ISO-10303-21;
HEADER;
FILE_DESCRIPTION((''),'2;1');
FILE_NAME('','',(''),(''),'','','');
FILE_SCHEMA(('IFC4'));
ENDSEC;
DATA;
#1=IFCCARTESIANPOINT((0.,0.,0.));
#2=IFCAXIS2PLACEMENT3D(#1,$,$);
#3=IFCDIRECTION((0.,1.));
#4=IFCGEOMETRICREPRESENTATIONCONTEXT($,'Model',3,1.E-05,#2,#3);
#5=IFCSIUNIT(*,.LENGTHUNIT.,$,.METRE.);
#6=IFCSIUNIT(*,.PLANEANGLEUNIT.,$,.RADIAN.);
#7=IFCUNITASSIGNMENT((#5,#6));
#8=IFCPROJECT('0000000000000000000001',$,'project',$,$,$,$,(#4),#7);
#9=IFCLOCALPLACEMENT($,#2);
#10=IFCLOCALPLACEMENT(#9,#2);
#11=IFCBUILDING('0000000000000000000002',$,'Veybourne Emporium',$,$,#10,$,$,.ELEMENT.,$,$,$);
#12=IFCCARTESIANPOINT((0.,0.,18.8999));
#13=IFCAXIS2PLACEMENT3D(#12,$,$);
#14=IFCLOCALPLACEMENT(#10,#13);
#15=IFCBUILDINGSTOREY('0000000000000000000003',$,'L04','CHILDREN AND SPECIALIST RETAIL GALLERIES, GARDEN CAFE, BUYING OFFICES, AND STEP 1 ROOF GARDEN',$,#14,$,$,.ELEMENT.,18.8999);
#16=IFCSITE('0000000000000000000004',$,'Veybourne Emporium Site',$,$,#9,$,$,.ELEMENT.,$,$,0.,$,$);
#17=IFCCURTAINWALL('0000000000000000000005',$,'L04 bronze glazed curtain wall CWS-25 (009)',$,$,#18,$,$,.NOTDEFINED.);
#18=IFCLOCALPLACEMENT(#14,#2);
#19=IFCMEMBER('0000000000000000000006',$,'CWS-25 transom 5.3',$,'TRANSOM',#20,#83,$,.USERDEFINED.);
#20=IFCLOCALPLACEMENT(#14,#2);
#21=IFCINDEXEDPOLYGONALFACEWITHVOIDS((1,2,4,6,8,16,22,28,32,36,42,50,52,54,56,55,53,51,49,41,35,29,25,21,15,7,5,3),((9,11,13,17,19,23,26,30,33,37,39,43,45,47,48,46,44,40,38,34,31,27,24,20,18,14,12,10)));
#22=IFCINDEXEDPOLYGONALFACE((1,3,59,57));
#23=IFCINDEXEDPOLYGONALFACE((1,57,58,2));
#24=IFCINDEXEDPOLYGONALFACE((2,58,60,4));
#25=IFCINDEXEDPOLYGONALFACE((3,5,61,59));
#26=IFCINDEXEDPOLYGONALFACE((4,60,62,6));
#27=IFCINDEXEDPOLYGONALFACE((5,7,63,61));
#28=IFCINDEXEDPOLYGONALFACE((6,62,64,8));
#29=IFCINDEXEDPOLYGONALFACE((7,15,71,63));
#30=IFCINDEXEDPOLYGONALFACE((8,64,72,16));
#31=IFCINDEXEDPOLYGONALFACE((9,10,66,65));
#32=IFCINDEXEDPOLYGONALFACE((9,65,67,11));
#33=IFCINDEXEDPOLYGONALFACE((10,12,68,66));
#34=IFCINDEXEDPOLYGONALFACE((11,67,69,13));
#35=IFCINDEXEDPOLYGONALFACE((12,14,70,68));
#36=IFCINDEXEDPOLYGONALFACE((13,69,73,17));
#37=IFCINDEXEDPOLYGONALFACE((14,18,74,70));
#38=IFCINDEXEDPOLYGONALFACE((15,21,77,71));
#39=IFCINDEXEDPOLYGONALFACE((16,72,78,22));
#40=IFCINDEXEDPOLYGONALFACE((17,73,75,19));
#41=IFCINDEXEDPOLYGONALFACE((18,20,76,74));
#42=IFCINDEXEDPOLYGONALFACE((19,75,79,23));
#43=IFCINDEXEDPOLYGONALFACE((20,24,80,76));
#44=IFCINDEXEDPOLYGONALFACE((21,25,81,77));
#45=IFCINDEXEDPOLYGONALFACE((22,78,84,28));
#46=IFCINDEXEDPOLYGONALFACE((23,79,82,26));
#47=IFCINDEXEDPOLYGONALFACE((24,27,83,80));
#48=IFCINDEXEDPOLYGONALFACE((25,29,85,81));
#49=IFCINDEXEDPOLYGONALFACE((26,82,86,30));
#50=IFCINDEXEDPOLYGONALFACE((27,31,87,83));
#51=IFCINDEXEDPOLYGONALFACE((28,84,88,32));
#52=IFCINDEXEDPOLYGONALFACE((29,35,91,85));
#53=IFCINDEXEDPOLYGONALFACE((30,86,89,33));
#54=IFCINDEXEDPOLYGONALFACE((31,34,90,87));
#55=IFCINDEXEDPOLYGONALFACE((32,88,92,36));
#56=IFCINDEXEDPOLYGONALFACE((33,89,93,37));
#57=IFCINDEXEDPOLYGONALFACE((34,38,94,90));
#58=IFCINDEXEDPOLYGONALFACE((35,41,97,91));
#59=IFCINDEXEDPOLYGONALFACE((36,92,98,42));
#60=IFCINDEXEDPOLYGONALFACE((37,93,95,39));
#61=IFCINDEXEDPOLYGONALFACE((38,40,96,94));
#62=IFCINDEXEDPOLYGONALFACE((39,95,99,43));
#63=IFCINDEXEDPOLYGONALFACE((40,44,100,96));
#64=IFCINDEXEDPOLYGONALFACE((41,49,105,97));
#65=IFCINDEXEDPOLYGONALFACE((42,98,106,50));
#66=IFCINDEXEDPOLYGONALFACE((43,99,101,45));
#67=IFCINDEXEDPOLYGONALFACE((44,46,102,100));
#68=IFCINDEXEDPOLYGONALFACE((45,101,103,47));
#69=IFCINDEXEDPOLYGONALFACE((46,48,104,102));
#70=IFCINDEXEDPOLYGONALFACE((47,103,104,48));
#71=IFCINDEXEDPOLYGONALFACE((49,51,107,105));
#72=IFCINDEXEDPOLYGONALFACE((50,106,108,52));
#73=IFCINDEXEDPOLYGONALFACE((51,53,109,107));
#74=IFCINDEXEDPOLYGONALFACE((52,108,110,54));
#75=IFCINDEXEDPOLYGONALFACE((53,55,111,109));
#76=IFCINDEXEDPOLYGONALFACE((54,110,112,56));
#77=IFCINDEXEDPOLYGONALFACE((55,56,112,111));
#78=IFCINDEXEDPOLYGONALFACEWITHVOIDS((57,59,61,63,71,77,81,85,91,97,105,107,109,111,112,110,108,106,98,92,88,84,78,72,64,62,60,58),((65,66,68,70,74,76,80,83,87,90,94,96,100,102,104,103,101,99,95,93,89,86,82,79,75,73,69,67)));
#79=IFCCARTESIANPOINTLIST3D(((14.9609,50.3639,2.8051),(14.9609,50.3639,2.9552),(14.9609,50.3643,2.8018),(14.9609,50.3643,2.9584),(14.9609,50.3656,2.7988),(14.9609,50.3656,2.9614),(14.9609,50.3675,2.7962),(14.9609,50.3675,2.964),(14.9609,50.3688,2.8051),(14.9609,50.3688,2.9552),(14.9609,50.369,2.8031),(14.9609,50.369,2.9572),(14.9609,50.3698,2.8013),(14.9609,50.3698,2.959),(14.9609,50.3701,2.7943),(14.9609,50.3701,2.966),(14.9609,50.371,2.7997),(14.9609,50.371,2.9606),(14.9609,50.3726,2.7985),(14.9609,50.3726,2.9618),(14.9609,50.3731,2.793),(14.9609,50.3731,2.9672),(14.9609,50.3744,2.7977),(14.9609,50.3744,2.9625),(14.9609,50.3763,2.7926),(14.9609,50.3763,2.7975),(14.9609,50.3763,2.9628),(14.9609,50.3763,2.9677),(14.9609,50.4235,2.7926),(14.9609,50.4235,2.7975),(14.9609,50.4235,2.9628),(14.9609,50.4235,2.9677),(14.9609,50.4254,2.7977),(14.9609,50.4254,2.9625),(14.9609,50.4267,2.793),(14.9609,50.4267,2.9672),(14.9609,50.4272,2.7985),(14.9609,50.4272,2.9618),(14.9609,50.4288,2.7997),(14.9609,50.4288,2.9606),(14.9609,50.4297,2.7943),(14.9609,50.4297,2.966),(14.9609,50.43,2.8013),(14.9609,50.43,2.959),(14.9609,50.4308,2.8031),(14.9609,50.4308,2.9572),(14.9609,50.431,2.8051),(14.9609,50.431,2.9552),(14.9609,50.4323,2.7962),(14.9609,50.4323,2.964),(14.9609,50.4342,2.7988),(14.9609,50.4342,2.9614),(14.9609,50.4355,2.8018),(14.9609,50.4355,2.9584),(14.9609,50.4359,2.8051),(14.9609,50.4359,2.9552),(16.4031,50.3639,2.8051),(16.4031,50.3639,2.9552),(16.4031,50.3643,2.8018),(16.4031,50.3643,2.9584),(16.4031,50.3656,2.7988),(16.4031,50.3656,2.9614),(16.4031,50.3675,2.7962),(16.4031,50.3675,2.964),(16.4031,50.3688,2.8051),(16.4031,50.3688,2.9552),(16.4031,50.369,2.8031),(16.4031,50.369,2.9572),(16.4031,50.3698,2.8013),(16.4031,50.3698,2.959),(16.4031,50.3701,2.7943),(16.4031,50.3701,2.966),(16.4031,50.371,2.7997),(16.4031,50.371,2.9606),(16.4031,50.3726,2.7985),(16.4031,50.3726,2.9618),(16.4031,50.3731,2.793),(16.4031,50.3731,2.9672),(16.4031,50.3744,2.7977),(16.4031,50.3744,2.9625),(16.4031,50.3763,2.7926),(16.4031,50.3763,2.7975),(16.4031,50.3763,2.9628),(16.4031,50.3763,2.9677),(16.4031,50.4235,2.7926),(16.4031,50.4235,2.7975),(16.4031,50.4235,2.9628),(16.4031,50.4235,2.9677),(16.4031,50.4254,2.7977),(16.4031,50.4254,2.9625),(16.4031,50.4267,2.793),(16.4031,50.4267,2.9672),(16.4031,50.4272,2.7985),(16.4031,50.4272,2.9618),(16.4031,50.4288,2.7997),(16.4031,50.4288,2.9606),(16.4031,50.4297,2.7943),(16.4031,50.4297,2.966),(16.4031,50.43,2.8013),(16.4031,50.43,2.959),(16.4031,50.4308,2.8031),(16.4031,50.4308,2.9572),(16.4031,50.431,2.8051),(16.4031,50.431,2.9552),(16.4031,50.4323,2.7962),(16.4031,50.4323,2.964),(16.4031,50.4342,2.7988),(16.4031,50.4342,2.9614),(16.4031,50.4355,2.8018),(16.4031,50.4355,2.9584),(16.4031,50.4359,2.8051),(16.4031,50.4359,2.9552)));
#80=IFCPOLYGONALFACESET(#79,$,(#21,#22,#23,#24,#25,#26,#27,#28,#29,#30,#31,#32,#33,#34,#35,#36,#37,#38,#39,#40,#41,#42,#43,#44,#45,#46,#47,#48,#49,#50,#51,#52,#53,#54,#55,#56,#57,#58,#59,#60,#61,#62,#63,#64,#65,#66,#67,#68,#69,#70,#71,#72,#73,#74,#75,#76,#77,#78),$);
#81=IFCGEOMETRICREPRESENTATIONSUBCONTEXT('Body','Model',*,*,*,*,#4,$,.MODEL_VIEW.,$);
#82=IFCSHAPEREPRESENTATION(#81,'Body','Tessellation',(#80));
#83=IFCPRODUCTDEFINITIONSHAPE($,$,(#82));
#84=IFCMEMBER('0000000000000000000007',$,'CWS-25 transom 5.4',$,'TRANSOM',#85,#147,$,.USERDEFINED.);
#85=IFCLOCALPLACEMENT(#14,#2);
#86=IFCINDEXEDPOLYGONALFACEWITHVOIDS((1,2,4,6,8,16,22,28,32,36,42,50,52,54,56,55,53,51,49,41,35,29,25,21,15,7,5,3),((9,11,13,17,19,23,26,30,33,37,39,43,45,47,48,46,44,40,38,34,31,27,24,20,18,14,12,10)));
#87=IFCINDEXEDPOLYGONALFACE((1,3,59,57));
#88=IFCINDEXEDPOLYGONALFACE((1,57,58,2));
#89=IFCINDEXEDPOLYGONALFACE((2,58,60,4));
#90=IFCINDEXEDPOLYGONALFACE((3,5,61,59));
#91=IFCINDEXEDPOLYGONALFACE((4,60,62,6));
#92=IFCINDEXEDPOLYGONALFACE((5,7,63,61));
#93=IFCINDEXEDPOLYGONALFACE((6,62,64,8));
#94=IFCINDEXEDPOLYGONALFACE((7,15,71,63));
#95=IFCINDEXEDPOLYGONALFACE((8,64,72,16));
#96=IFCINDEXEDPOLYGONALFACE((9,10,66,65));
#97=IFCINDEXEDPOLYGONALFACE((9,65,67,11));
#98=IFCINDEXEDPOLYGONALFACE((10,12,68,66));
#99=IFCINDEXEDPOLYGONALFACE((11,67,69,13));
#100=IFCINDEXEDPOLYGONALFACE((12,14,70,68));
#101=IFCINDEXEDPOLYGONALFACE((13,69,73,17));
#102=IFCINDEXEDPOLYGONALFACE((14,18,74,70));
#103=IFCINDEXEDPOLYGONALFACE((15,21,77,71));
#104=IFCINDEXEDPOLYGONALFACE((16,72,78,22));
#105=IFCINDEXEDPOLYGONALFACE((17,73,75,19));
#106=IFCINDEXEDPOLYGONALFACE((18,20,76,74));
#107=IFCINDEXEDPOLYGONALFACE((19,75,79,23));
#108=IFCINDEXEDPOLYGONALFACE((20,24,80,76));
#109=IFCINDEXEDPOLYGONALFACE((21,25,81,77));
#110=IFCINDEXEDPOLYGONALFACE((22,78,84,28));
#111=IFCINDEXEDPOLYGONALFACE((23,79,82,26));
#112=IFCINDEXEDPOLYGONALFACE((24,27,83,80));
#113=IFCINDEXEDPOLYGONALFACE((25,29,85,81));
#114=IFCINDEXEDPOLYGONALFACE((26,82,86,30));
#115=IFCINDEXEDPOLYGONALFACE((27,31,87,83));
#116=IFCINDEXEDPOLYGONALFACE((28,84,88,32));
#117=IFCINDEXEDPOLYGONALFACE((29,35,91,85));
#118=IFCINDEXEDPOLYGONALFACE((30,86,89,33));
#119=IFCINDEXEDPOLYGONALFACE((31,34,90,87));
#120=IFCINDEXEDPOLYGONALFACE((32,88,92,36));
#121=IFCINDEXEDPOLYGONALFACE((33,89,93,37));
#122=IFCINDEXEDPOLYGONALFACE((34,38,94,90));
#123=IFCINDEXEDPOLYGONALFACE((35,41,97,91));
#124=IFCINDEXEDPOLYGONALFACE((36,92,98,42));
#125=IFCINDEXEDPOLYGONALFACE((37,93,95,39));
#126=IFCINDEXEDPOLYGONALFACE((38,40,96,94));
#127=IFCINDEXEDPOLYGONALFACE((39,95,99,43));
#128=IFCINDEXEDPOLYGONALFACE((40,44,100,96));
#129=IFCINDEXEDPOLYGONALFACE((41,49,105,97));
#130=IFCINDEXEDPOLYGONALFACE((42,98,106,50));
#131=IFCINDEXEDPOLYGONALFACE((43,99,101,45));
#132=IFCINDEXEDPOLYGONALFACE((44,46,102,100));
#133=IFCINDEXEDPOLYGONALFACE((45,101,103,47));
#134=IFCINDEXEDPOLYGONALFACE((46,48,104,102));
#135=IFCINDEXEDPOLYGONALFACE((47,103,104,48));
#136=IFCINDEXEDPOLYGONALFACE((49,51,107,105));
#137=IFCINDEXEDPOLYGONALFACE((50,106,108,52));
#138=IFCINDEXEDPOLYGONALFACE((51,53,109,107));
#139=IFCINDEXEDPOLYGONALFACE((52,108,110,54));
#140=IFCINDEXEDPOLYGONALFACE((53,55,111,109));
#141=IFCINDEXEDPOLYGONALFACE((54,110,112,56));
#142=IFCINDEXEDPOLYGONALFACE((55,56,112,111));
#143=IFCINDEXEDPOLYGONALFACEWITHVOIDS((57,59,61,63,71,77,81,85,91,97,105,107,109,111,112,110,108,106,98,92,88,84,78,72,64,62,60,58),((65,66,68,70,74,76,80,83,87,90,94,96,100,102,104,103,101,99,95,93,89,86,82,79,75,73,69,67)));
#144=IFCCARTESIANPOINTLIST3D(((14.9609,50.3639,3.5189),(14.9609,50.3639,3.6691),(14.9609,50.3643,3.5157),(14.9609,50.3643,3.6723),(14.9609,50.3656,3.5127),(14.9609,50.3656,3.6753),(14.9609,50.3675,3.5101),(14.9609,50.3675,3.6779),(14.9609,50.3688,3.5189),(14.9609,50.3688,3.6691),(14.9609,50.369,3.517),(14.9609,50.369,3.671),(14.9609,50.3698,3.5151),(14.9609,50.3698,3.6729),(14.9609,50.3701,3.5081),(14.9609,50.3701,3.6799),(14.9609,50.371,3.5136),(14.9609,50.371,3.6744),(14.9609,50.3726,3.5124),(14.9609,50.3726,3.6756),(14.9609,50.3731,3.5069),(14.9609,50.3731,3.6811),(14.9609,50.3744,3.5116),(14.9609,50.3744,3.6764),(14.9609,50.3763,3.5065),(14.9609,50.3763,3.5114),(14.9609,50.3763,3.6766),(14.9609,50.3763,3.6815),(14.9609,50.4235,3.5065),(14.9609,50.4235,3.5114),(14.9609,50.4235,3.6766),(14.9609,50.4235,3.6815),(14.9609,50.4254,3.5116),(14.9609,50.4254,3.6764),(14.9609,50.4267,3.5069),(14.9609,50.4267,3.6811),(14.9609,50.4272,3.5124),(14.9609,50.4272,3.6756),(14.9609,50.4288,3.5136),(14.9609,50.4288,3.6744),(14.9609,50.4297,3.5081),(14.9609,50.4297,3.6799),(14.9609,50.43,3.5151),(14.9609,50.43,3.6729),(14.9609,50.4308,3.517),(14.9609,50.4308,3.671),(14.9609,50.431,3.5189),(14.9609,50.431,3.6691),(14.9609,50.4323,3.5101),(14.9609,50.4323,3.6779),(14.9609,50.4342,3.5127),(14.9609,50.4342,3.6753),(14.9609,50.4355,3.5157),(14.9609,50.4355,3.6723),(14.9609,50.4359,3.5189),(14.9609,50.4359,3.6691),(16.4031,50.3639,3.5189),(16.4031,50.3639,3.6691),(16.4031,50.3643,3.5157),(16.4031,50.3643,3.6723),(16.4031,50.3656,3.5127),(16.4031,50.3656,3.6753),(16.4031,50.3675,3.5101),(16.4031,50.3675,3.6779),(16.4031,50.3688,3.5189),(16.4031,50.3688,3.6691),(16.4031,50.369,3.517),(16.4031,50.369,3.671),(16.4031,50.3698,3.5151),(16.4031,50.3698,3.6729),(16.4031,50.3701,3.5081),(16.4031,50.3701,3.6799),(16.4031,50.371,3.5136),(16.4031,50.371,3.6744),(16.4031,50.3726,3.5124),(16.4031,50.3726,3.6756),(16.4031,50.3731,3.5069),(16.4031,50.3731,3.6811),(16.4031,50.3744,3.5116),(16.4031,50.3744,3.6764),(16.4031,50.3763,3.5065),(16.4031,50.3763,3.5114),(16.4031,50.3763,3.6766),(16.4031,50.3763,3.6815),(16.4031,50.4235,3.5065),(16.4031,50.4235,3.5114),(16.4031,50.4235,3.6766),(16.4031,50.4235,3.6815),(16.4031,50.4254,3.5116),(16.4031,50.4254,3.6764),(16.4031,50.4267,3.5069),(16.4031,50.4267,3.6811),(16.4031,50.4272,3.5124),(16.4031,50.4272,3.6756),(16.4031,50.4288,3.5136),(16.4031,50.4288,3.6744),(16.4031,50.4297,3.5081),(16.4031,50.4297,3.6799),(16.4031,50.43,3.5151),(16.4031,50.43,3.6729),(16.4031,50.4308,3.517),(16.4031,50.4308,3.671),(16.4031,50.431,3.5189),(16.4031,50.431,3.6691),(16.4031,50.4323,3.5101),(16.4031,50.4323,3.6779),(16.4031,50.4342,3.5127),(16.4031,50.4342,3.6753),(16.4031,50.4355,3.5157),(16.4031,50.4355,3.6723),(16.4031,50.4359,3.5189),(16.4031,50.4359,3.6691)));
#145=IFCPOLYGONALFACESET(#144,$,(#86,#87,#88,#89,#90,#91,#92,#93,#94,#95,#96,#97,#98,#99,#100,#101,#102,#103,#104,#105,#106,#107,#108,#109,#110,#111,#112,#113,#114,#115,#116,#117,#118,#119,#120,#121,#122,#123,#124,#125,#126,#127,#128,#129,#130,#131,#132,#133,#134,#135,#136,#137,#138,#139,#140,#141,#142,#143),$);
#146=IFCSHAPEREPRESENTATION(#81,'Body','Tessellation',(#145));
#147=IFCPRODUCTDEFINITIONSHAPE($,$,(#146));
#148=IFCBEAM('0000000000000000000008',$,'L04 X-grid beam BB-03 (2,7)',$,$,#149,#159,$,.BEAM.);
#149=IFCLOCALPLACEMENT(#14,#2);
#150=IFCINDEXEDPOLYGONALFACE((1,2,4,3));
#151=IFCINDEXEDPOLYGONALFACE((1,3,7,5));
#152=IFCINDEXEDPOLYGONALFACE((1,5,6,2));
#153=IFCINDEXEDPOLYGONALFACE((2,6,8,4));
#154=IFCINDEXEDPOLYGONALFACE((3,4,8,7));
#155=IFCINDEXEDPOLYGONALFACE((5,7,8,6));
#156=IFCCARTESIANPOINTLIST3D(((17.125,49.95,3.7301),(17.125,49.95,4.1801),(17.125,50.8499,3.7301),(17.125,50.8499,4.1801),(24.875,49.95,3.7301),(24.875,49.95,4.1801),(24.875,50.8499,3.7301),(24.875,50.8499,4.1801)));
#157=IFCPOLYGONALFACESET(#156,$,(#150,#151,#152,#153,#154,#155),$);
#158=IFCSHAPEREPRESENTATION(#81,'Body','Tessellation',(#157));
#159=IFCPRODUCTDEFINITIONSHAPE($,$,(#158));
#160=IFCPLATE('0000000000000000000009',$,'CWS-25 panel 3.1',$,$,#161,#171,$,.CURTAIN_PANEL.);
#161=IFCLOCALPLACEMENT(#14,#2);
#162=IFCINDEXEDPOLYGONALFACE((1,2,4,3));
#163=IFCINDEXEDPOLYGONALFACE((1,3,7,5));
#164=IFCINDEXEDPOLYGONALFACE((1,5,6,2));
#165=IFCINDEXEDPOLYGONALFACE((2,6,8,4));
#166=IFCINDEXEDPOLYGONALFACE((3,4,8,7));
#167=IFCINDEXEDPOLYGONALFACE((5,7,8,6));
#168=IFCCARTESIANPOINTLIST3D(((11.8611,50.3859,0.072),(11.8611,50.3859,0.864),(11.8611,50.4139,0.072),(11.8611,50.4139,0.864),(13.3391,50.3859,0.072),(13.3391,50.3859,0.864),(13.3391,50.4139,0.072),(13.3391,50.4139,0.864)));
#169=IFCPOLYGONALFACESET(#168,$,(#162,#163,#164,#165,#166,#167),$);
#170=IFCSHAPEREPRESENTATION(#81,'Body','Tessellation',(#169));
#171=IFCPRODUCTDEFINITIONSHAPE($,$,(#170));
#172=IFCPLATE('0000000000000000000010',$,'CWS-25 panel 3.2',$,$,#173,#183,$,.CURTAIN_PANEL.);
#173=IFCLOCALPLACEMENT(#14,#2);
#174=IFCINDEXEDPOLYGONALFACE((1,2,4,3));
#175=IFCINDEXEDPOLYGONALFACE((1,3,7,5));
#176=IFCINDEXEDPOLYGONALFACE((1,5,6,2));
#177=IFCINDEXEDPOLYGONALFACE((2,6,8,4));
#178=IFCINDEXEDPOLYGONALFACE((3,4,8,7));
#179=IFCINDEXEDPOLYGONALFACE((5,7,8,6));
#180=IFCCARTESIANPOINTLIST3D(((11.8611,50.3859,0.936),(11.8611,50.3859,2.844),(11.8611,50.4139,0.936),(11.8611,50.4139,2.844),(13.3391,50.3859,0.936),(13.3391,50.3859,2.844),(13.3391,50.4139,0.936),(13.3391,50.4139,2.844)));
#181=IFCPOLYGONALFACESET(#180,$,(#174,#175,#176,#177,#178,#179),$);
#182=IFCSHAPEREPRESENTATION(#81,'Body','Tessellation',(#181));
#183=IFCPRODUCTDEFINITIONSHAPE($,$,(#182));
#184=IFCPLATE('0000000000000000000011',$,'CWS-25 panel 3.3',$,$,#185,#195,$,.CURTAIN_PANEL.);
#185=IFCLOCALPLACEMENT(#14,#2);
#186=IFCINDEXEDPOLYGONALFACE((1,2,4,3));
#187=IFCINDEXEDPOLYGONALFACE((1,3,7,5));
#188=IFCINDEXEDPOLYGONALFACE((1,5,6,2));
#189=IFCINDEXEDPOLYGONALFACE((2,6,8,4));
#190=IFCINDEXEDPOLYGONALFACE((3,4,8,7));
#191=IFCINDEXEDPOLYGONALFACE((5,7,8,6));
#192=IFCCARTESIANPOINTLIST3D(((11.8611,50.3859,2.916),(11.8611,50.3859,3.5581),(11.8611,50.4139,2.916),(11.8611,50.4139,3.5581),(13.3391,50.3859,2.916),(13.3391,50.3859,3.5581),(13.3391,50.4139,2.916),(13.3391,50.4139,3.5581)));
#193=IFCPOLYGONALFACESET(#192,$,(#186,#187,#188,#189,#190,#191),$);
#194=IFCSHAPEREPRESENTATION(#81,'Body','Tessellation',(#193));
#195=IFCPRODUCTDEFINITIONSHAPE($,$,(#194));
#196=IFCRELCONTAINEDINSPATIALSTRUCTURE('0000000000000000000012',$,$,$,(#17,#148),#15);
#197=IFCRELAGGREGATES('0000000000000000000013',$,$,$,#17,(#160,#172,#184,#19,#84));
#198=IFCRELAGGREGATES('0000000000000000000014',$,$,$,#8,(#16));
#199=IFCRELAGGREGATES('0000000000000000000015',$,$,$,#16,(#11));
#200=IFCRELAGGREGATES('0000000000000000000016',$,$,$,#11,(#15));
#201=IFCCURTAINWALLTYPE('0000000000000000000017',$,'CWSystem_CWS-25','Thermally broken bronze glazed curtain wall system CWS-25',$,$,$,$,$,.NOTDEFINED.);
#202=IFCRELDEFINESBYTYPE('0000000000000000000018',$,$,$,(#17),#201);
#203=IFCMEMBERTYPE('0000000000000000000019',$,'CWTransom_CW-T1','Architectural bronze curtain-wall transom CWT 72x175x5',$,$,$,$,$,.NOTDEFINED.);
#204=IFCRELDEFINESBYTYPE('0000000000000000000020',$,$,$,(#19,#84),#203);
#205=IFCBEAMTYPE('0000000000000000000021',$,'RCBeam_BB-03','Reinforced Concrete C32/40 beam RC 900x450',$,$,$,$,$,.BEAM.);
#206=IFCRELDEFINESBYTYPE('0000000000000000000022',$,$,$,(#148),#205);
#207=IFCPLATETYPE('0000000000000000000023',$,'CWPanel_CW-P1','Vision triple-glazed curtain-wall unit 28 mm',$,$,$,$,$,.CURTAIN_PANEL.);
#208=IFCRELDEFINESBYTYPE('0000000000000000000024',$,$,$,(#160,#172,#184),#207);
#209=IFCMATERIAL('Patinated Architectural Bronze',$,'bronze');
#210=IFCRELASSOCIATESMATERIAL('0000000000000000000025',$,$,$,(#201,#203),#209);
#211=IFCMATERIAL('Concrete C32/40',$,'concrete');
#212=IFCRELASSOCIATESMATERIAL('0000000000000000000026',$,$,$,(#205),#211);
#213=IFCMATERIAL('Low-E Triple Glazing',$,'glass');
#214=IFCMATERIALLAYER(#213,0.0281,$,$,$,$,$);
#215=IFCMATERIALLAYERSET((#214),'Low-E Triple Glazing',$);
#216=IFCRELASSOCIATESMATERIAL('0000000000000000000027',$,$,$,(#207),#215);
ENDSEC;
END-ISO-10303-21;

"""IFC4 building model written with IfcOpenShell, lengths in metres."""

from ifc_helpers import new_model, si_unit, direction, frame, origin, origin_2d, place, context, subcontext, project, spatial, rectangle, hollow_rectangle, extrude, material, layer, layer_set, material_profile, profile_set, type_object, element, aggregate, save


model = new_model("IFC4")

# Units and contexts
model_context = context("Model", 3, precision=1e-05, world=origin(), true_north=direction((0.0, 1.0)))
body_context = subcontext(model_context, "Body", "Model", "MODEL_VIEW")
ifc_project = project(units=[si_unit("LENGTHUNIT", "METRE"), si_unit("PLANEANGLEUNIT", "RADIAN")], contexts=[model_context])

# Site, building, storey
site_placement = place(None, origin())
site = spatial("IfcSite", under=ifc_project, at=site_placement, Name="Veybourne Emporium Site", CompositionType="ELEMENT", RefElevation=0.0)
building_placement = place(site_placement, origin())
building = spatial("IfcBuilding", under=site, at=building_placement, Name="Veybourne Emporium", CompositionType="ELEMENT")
storey_placement = place(building_placement, frame((0.0, 0.0, 18.8999)))
storey = spatial("IfcBuildingStorey", under=building, at=storey_placement, Name="L04", Description="CHILDREN AND SPECIALIST RETAIL GALLERIES, GARDEN CAFE, BUYING OFFICES, AND STEP 1 ROOF GARDEN", CompositionType="ELEMENT", Elevation=18.8999)

# Curtain wall, members
ifc_material_1 = material(Name="Patinated Architectural Bronze", Category="bronze")
curtain_wall_type = type_object("IfcCurtainWallType", Name="CWSystem_CWS-25", Description="Thermally broken bronze glazed curtain wall system CWS-25", PredefinedType="NOTDEFINED", material=ifc_material_1)
curtain_wall_placement = place(storey_placement, origin())
curtain_wall = element("IfcCurtainWall", 1, at=curtain_wall_placement, inside=storey, type_object=curtain_wall_type, Name="L04 bronze glazed curtain wall CWS-25 (009)", PredefinedType="NOTDEFINED")
ifc_material_profile_1 = material_profile(ifc_material_1, hollow_rectangle(XDim=0.072, YDim=0.175, WallThickness=0.0049, InnerFilletRadius=0.0076, OuterFilletRadius=0.0125, at=origin_2d()), Name="CWT 72x175x5")
ifc_profile_set_1 = profile_set([ifc_material_profile_1], Name="Patinated Architectural Bronze")
member_type_1 = type_object("IfcMemberType", Name="CWTransom_CW-T1", Description="Architectural bronze curtain-wall transom CWT 72x175x5", PredefinedType="NOTDEFINED", material=ifc_profile_set_1)
member_1_placement = place(storey_placement, frame((14.9609, 50.3999, 2.8801), z_axis=(1.0, 0.0, 0.0), x_axis=(0.0, 1.0, 0.0)))
member_1 = element("IfcMember", 2, at=member_1_placement, type_object=member_type_1, Name="CWS-25 transom 5.3", ObjectType="TRANSOM", PredefinedType="USERDEFINED", context=body_context, shape_type="SweptSolid", body=[
    extrude(hollow_rectangle(XDim=0.072, YDim=0.175, WallThickness=0.0049, InnerFilletRadius=0.0076, OuterFilletRadius=0.0125, at=origin_2d()), origin(), (0.0, 0.0, 1.0), 1.4421),
])
member_2_placement = place(storey_placement, frame((14.9609, 50.3999, 3.594), z_axis=(1.0, 0.0, 0.0), x_axis=(0.0, 1.0, 0.0)))
member_2 = element("IfcMember", 3, at=member_2_placement, type_object=member_type_1, Name="CWS-25 transom 5.4", ObjectType="TRANSOM", PredefinedType="USERDEFINED", context=body_context, shape_type="SweptSolid", body=[
    extrude(hollow_rectangle(XDim=0.072, YDim=0.175, WallThickness=0.0049, InnerFilletRadius=0.0076, OuterFilletRadius=0.0125, at=origin_2d()), origin(), (0.0, 0.0, 1.0), 1.4421),
])

# Beam
ifc_material_2 = material(Name="Concrete C32/40", Category="concrete")
ifc_material_profile_2 = material_profile(ifc_material_2, rectangle(XDim=0.8999, YDim=0.45, at=origin_2d()), Name="RC 900x450")
ifc_profile_set_2 = profile_set([ifc_material_profile_2], Name="Concrete C32/40")
beam_type = type_object("IfcBeamType", Name="RCBeam_BB-03", Description="Reinforced Concrete C32/40 beam RC 900x450", PredefinedType="BEAM", material=ifc_profile_set_2)
beam_placement = place(storey_placement, frame((17.125, 50.3999, 3.9551), z_axis=(1.0, 0.0, 0.0), x_axis=(0.0, 1.0, 0.0)))
element("IfcBeam", 4, at=beam_placement, inside=storey, type_object=beam_type, Name="L04 X-grid beam BB-03 (2,7)", PredefinedType="BEAM", context=body_context, shape_type="SweptSolid", body=[
    extrude(rectangle(XDim=0.8999, YDim=0.45, at=origin_2d()), origin(), (0.0, 0.0, 1.0), 7.75),
])

# Plates
ifc_material_3 = material(Name="Low-E Triple Glazing", Category="glass")
ifc_layer = layer(ifc_material_3, 0.0281)
ifc_layer_set = layer_set([ifc_layer], Name="Low-E Triple Glazing")
plate_type = type_object("IfcPlateType", Name="CWPanel_CW-P1", Description="Vision triple-glazed curtain-wall unit 28 mm", PredefinedType="CURTAIN_PANEL", material=ifc_layer_set)
plate_1_placement = place(storey_placement, frame((12.6001, 50.3999, 0.072), z_axis=(0.0, 0.0, 1.0), x_axis=(1.0, 0.0, 0.0)))
plate_1 = element("IfcPlate", 5, at=plate_1_placement, type_object=plate_type, Name="CWS-25 panel 3.1", PredefinedType="CURTAIN_PANEL", context=body_context, shape_type="SweptSolid", body=[
    extrude(rectangle(XDim=1.478, YDim=0.0281, at=origin_2d()), origin(), (0.0, 0.0, 1.0), 0.792),
])
plate_2_placement = place(storey_placement, frame((12.6001, 50.3999, 0.936), z_axis=(0.0, 0.0, 1.0), x_axis=(1.0, 0.0, 0.0)))
plate_2 = element("IfcPlate", 6, at=plate_2_placement, type_object=plate_type, Name="CWS-25 panel 3.2", PredefinedType="CURTAIN_PANEL", context=body_context, shape_type="SweptSolid", body=[
    extrude(rectangle(XDim=1.478, YDim=0.0281, at=origin_2d()), origin(), (0.0, 0.0, 1.0), 1.908),
])
plate_3_placement = place(storey_placement, frame((12.6001, 50.3999, 2.916), z_axis=(0.0, 0.0, 1.0), x_axis=(1.0, 0.0, 0.0)))
plate_3 = element("IfcPlate", 7, at=plate_3_placement, type_object=plate_type, Name="CWS-25 panel 3.3", PredefinedType="CURTAIN_PANEL", context=body_context, shape_type="SweptSolid", body=[
    extrude(rectangle(XDim=1.478, YDim=0.0281, at=origin_2d()), origin(), (0.0, 0.0, 1.0), 0.6421),
])
aggregate(curtain_wall, [plate_1, plate_2, plate_3, member_1, member_2])

save(model, "model.ifc")
